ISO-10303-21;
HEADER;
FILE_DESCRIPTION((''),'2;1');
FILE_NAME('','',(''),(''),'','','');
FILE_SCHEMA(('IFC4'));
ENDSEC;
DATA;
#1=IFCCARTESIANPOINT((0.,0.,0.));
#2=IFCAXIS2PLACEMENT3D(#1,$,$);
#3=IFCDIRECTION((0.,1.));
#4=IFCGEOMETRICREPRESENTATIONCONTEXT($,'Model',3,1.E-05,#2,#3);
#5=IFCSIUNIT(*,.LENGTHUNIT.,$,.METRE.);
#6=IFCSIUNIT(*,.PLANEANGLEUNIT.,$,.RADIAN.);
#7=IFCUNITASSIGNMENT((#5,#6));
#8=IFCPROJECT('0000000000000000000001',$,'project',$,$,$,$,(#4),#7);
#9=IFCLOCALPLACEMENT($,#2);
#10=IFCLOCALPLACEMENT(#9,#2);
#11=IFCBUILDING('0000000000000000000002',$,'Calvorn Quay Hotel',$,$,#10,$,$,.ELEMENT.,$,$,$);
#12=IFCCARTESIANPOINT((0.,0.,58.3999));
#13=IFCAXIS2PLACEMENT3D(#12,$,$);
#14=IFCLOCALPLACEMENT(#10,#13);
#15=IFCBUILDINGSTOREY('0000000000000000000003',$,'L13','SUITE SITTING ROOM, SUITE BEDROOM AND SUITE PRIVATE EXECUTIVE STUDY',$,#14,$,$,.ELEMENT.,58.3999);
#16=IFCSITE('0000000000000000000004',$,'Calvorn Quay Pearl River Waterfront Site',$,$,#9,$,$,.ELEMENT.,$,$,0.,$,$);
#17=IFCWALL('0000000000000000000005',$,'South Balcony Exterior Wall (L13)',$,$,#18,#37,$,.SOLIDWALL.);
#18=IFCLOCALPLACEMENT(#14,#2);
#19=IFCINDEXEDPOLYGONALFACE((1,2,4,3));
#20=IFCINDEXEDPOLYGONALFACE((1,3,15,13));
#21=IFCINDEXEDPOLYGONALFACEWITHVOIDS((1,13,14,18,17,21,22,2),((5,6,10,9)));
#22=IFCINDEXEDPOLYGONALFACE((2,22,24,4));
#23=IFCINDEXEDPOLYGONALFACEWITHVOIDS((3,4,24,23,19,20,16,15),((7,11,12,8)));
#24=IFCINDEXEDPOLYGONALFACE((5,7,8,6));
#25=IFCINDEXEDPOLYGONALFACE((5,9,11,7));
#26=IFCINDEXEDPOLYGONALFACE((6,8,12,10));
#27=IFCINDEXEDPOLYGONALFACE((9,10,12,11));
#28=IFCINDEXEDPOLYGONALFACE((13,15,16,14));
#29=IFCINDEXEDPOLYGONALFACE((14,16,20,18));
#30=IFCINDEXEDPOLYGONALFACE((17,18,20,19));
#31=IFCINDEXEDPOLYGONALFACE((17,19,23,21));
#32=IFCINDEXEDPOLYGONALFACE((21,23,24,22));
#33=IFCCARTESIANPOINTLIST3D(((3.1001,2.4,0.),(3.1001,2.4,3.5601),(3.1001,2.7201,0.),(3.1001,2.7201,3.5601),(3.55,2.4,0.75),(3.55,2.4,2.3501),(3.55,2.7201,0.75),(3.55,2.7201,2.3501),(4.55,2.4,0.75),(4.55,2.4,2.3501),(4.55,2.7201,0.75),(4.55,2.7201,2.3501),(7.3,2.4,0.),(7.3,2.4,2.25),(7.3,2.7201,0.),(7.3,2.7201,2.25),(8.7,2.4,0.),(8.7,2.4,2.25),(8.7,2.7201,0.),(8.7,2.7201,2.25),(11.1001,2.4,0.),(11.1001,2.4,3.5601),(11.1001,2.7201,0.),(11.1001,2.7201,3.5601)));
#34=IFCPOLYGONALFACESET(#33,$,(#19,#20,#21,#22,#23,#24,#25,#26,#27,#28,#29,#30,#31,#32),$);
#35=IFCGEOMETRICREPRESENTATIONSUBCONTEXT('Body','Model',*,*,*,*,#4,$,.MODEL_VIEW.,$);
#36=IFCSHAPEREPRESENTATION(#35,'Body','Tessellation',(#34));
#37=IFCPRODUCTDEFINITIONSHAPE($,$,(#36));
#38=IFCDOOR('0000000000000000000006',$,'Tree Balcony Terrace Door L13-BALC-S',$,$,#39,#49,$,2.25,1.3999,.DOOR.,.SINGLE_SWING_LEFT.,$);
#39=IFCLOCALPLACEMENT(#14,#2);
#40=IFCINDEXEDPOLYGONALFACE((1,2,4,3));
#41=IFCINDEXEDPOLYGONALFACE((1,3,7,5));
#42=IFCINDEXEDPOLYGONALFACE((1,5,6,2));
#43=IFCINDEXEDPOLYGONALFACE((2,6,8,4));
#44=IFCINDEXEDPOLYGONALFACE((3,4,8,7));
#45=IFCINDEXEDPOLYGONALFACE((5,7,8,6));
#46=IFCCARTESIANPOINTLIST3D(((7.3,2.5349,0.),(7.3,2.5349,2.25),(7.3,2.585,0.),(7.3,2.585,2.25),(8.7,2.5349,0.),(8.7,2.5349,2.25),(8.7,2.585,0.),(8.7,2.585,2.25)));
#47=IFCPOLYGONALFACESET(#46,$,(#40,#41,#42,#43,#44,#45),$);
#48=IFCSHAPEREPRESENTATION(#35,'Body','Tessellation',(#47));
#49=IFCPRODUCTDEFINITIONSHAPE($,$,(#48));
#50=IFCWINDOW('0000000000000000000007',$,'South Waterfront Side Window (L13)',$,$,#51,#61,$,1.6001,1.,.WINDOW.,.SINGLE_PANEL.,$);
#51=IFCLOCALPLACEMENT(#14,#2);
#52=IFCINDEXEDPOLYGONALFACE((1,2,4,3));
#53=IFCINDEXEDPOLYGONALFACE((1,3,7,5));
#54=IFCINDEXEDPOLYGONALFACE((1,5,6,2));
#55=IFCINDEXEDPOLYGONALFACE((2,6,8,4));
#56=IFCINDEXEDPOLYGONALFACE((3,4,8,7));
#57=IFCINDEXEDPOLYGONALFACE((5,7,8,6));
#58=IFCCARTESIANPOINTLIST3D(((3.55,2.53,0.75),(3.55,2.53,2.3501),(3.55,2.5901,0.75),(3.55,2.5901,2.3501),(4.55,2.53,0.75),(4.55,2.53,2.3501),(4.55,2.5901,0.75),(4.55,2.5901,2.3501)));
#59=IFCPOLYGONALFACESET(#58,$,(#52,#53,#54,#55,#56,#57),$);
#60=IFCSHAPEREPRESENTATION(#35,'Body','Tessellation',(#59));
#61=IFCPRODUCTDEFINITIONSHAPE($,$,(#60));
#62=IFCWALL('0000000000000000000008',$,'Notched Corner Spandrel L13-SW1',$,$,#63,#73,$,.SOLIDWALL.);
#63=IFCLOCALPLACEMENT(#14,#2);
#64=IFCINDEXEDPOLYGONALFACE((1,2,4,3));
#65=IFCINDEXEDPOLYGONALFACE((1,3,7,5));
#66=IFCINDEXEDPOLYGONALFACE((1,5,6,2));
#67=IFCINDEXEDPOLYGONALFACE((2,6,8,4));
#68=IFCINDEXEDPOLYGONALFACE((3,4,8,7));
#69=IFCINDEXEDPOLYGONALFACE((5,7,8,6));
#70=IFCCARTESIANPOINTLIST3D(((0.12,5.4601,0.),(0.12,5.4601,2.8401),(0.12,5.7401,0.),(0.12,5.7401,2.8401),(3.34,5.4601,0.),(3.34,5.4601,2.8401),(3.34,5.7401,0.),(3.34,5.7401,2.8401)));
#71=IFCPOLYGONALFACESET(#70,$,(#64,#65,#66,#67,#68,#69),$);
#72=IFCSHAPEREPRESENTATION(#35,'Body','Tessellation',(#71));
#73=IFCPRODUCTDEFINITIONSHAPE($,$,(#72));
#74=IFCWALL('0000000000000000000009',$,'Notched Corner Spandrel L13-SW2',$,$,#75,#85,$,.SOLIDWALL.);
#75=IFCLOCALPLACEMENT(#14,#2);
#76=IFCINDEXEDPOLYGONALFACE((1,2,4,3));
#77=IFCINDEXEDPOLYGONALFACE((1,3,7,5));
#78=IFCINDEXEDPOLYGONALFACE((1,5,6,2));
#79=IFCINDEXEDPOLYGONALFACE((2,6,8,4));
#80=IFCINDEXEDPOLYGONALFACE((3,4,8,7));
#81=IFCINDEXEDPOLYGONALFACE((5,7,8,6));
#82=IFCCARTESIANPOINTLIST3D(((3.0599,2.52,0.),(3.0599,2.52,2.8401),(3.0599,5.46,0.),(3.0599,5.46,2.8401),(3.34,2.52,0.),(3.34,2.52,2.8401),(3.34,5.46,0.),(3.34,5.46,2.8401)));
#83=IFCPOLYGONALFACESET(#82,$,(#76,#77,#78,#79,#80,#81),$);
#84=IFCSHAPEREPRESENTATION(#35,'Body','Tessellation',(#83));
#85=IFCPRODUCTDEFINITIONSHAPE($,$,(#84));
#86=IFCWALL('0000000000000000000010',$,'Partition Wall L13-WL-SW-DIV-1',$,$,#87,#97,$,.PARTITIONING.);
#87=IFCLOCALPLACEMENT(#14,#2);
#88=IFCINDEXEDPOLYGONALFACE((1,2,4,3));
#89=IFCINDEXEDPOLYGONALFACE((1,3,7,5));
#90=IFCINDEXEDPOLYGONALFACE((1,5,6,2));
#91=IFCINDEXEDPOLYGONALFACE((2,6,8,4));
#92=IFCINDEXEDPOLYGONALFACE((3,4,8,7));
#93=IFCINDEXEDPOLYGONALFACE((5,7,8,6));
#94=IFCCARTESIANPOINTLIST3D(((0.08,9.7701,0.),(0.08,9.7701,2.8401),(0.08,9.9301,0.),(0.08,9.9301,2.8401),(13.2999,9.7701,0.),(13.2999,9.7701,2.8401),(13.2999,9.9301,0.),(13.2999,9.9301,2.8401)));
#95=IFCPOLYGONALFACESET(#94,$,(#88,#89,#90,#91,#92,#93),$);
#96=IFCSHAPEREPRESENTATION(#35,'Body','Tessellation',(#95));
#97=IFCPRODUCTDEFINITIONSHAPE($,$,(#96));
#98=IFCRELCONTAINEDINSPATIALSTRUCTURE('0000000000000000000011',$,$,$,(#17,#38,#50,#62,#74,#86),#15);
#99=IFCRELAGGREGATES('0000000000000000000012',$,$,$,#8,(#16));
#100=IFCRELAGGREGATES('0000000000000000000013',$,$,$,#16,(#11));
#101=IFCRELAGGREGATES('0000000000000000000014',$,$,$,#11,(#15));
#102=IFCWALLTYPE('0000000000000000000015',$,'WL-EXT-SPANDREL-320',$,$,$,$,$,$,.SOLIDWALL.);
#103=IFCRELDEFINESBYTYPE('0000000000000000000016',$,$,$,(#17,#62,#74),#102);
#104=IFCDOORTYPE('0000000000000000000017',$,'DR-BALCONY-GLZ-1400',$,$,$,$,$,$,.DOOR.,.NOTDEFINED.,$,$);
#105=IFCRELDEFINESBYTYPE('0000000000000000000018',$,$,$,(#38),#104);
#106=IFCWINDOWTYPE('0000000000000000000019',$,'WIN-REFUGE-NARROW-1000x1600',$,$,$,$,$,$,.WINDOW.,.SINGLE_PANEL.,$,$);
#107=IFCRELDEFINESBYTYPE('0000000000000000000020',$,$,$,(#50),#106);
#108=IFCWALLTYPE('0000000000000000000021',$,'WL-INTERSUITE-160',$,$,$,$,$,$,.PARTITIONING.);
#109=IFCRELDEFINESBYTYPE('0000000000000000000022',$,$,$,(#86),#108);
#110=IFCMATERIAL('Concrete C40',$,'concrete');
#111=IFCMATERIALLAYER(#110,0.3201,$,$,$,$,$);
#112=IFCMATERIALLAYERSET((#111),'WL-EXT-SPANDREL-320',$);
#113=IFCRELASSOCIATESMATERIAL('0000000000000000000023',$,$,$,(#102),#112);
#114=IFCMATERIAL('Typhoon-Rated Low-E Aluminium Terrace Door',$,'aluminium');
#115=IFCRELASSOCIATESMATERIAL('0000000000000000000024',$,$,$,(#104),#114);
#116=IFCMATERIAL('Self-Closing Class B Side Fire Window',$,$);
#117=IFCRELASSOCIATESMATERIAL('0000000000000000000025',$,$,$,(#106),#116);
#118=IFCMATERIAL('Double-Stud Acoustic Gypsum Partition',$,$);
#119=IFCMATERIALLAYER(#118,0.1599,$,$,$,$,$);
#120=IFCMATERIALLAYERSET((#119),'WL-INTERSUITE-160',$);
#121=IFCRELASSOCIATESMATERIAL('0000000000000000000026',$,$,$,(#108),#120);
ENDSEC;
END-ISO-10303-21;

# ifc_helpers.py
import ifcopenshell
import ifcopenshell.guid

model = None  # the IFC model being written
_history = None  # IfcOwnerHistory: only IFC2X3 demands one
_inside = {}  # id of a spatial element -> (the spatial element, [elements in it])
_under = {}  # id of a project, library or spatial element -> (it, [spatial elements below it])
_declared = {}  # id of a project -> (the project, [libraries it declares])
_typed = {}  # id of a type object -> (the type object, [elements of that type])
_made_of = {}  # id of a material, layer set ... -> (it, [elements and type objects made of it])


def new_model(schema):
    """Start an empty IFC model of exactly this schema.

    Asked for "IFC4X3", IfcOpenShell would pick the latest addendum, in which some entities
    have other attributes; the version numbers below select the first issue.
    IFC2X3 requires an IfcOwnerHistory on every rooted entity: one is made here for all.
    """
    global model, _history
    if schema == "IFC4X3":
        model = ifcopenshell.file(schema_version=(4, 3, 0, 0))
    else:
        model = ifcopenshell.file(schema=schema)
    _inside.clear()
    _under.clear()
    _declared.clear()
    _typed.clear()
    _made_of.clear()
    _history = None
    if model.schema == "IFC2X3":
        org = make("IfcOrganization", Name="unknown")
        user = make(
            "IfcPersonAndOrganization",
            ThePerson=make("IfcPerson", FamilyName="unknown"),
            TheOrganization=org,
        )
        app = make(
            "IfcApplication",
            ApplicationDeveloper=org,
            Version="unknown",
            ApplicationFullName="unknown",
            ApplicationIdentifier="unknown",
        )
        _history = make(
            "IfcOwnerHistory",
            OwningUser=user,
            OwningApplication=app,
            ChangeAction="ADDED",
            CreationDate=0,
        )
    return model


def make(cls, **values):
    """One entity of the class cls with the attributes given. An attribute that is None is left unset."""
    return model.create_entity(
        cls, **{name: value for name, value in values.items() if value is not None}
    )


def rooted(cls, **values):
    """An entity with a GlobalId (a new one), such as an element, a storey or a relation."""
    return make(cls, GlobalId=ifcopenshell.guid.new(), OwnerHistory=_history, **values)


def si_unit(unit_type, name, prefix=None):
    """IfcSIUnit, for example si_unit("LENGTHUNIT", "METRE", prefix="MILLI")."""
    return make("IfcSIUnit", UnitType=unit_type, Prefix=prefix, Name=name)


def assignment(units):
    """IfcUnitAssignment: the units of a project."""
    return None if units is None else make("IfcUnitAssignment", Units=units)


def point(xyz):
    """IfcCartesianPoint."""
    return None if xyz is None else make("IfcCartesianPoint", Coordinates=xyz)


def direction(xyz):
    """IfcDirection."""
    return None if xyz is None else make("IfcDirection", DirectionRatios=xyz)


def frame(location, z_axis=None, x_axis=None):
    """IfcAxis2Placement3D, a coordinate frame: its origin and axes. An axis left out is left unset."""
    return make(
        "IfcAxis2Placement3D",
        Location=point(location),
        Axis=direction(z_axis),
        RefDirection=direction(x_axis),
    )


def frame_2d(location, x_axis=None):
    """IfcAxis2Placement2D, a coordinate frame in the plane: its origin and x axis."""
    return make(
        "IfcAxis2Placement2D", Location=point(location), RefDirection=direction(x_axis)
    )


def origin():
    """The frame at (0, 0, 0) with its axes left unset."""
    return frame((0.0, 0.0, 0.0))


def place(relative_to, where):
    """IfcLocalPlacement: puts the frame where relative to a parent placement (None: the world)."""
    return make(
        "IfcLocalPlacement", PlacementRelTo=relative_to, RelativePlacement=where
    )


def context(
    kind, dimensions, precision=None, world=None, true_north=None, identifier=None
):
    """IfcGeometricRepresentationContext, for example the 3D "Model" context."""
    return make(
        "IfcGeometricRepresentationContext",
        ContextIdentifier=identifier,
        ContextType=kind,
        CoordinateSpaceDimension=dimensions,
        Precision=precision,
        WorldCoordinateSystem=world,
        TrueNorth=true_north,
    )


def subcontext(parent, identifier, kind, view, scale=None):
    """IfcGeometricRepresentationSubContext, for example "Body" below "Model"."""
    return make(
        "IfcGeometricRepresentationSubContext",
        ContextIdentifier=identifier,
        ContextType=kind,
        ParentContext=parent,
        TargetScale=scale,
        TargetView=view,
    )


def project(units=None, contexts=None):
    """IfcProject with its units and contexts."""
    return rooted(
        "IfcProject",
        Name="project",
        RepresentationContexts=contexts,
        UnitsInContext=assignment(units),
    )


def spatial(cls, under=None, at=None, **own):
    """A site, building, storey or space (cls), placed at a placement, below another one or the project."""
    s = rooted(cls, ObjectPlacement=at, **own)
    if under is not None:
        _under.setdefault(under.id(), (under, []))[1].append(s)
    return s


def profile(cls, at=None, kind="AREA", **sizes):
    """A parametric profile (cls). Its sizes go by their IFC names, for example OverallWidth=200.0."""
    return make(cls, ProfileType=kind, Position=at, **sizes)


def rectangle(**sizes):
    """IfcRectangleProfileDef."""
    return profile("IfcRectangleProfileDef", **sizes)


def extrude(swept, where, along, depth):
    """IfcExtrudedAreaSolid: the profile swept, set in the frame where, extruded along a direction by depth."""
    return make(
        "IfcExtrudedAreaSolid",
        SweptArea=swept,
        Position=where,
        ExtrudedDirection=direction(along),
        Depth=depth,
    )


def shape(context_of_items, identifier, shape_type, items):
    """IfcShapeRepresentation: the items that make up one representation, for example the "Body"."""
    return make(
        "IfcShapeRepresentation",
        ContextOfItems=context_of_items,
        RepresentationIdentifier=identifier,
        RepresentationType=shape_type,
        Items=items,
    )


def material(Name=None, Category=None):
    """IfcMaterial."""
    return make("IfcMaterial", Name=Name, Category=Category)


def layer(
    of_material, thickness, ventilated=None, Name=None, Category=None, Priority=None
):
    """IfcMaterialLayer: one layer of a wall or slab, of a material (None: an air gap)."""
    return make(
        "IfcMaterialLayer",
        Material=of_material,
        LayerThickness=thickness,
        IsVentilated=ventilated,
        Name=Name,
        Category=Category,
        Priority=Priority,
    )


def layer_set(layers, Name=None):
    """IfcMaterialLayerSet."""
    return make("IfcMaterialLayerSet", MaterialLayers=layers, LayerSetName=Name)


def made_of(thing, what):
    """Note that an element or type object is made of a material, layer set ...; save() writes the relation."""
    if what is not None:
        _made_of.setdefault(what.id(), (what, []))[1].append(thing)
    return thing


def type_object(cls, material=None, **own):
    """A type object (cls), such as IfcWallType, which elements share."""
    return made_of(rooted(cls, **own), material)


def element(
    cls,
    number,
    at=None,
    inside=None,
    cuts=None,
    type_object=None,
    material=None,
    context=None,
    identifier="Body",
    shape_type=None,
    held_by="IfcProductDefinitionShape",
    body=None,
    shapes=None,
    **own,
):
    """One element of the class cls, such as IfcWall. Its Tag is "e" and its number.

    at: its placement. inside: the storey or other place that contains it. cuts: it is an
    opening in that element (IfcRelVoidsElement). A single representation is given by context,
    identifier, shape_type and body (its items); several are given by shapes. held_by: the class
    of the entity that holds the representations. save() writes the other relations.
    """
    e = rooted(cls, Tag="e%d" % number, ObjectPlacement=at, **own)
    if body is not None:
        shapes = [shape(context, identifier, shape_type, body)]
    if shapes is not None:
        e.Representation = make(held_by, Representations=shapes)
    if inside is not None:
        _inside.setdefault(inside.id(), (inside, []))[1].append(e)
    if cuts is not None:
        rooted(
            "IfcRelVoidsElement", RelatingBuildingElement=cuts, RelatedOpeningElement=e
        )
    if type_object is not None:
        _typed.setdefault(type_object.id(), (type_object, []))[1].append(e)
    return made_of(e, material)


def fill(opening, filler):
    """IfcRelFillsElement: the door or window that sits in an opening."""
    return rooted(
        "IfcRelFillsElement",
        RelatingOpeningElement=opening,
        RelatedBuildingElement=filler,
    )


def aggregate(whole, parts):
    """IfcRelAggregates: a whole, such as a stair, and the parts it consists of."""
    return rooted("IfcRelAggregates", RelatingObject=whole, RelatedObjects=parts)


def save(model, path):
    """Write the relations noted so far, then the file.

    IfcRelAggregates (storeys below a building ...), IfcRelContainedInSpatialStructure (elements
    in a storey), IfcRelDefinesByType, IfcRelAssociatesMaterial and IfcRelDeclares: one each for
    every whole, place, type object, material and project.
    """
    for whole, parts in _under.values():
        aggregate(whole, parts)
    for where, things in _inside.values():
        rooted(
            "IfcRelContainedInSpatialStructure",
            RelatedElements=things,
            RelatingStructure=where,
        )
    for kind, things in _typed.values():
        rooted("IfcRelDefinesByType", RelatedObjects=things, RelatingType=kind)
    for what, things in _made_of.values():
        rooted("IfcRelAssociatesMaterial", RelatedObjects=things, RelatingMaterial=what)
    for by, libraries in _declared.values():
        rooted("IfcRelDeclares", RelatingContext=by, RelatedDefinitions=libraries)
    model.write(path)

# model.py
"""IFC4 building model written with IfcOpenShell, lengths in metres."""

from ifc_helpers import new_model, si_unit, direction, frame, frame_2d, origin, place, context, subcontext, project, spatial, rectangle, extrude, material, layer, layer_set, type_object, element, fill, save


model = new_model("IFC4")

# Units and contexts
model_context = context("Model", 3, precision=1e-05, world=origin(), true_north=direction((0.0, 1.0)))
body_context = subcontext(model_context, "Body", "Model", "MODEL_VIEW")
ifc_project = project(units=[si_unit("LENGTHUNIT", "METRE"), si_unit("PLANEANGLEUNIT", "RADIAN")], contexts=[model_context])

# Site, building, storey
site_placement = place(None, origin())
site = spatial("IfcSite", under=ifc_project, at=site_placement, Name="Calvorn Quay Pearl River Waterfront Site", CompositionType="ELEMENT", RefElevation=0.0)
building_placement = place(site_placement, origin())
building = spatial("IfcBuilding", under=site, at=building_placement, Name="Calvorn Quay Hotel", CompositionType="ELEMENT")
storey_placement = place(building_placement, frame((0.0, 0.0, 58.3999)))
storey = spatial("IfcBuildingStorey", under=building, at=storey_placement, Name="L13", Description="SUITE SITTING ROOM, SUITE BEDROOM AND SUITE PRIVATE EXECUTIVE STUDY", CompositionType="ELEMENT", Elevation=58.3999)

# Wall, openings, door, window
ifc_material_1 = material(Name="Concrete C40", Category="concrete")
ifc_layer_1 = layer(ifc_material_1, 0.3201)
ifc_layer_set_1 = layer_set([ifc_layer_1], Name="WL-EXT-SPANDREL-320")
wall_type_1 = type_object("IfcWallType", Name="WL-EXT-SPANDREL-320", PredefinedType="SOLIDWALL", material=ifc_layer_set_1)
wall_1_placement = place(storey_placement, frame((3.1001, 2.5601, 0.0), z_axis=(0.0, 0.0, 1.0), x_axis=(1.0, 0.0, 0.0)))
wall_1 = element("IfcWall", 1, at=wall_1_placement, inside=storey, type_object=wall_type_1, Name="South Balcony Exterior Wall (L13)", PredefinedType="SOLIDWALL", context=body_context, shape_type="SweptSolid", body=[
    extrude(rectangle(XDim=8.0, YDim=0.3201, at=frame_2d((4.0, 0.0))), origin(), (0.0, 0.0, 1.0), 3.5601),
])
opening_1_placement = place(wall_1_placement, frame((0.45, 0.0, 0.75)))
opening_1 = element("IfcOpeningElement", 2, at=opening_1_placement, cuts=wall_1, PredefinedType="OPENING", context=body_context, shape_type="SweptSolid", body=[
    extrude(rectangle(XDim=1.0, YDim=1.6001, at=frame_2d((0.5, 0.8))), frame((0.0, 0.1699, 0.0), z_axis=(0.0, -1.0, 0.0), x_axis=(1.0, 0.0, 0.0)), (0.0, 0.0, 1.0), 0.3401),
])
opening_2_placement = place(wall_1_placement, frame((4.2, 0.0, 0.0)))
opening_2 = element("IfcOpeningElement", 3, at=opening_2_placement, cuts=wall_1, PredefinedType="OPENING", context=body_context, shape_type="SweptSolid", body=[
    extrude(rectangle(XDim=1.3999, YDim=2.25, at=frame_2d((0.7, 1.125))), frame((0.0, 0.1699, 0.0), z_axis=(0.0, -1.0, 0.0), x_axis=(1.0, 0.0, 0.0)), (0.0, 0.0, 1.0), 0.3401),
])
ifc_material_2 = material(Name="Typhoon-Rated Low-E Aluminium Terrace Door", Category="aluminium")
door_type_1 = type_object("IfcDoorType", Name="DR-BALCONY-GLZ-1400", OperationType="NOTDEFINED", PredefinedType="DOOR", material=ifc_material_2)
door_1_placement = place(opening_2_placement, origin())
door_1 = element("IfcDoor", 4, at=door_1_placement, inside=storey, type_object=door_type_1, Name="Tree Balcony Terrace Door L13-BALC-S", OperationType="SINGLE_SWING_LEFT", OverallHeight=2.25, OverallWidth=1.3999, PredefinedType="DOOR", context=body_context, shape_type="SweptSolid", body=[
    extrude(rectangle(XDim=1.3999, YDim=2.25, at=frame_2d((0.7, 1.125))), frame((0.0, 0.0249, 0.0), z_axis=(0.0, -1.0, 0.0), x_axis=(1.0, 0.0, 0.0)), (0.0, 0.0, 1.0), 0.05),
])
fill(opening_2, door_1)
ifc_material_3 = material(Name="Self-Closing Class B Side Fire Window")
window_type = type_object("IfcWindowType", Name="WIN-REFUGE-NARROW-1000x1600", PartitioningType="SINGLE_PANEL", PredefinedType="WINDOW", material=ifc_material_3)
window_placement = place(opening_1_placement, origin())
window = element("IfcWindow", 5, at=window_placement, inside=storey, type_object=window_type, Name="South Waterfront Side Window (L13)", OverallHeight=1.6001, OverallWidth=1.0, PartitioningType="SINGLE_PANEL", PredefinedType="WINDOW", context=body_context, shape_type="SweptSolid", body=[
    extrude(rectangle(XDim=1.0, YDim=1.6001, at=frame_2d((0.5, 0.8))), frame((0.0, 0.03, 0.0), z_axis=(0.0, -1.0, 0.0), x_axis=(1.0, 0.0, 0.0)), (0.0, 0.0, 1.0), 0.0601),
])
fill(opening_1, window)

# Walls
wall_2_placement = place(storey_placement, frame((0.1201, 5.6001, 0.0), z_axis=(0.0, 0.0, 1.0), x_axis=(1.0, 0.0, 0.0)))
element("IfcWall", 6, at=wall_2_placement, inside=storey, type_object=wall_type_1, Name="Notched Corner Spandrel L13-SW1", PredefinedType="SOLIDWALL", context=body_context, shape_type="SweptSolid", body=[
    extrude(rectangle(XDim=3.22, YDim=0.28, at=frame_2d((1.6099, 0.0))), origin(), (0.0, 0.0, 1.0), 2.8401),
])
wall_3_placement = place(storey_placement, frame((3.2, 5.46, 0.0), z_axis=(0.0, 0.0, 1.0), x_axis=(0.0, -1.0, 0.0)))
element("IfcWall", 7, at=wall_3_placement, inside=storey, type_object=wall_type_1, Name="Notched Corner Spandrel L13-SW2", PredefinedType="SOLIDWALL", context=body_context, shape_type="SweptSolid", body=[
    extrude(rectangle(XDim=2.9399, YDim=0.28, at=frame_2d((1.47, 0.0))), origin(), (0.0, 0.0, 1.0), 2.8401),
])
ifc_material_4 = material(Name="Double-Stud Acoustic Gypsum Partition")
ifc_layer_2 = layer(ifc_material_4, 0.1599)
ifc_layer_set_2 = layer_set([ifc_layer_2], Name="WL-INTERSUITE-160")
wall_type_2 = type_object("IfcWallType", Name="WL-INTERSUITE-160", PredefinedType="PARTITIONING", material=ifc_layer_set_2)
wall_4_placement = place(storey_placement, frame((0.0801, 9.8501, 0.0), z_axis=(0.0, 0.0, 1.0), x_axis=(1.0, 0.0, 0.0)))
element("IfcWall", 8, at=wall_4_placement, inside=storey, type_object=wall_type_2, Name="Partition Wall L13-WL-SW-DIV-1", PredefinedType="PARTITIONING", context=body_context, shape_type="SweptSolid", body=[
    extrude(rectangle(XDim=13.22, YDim=0.1599, at=frame_2d((6.6099, 0.0))), origin(), (0.0, 0.0, 1.0), 2.8401),
])

save(model, "model.ifc")
